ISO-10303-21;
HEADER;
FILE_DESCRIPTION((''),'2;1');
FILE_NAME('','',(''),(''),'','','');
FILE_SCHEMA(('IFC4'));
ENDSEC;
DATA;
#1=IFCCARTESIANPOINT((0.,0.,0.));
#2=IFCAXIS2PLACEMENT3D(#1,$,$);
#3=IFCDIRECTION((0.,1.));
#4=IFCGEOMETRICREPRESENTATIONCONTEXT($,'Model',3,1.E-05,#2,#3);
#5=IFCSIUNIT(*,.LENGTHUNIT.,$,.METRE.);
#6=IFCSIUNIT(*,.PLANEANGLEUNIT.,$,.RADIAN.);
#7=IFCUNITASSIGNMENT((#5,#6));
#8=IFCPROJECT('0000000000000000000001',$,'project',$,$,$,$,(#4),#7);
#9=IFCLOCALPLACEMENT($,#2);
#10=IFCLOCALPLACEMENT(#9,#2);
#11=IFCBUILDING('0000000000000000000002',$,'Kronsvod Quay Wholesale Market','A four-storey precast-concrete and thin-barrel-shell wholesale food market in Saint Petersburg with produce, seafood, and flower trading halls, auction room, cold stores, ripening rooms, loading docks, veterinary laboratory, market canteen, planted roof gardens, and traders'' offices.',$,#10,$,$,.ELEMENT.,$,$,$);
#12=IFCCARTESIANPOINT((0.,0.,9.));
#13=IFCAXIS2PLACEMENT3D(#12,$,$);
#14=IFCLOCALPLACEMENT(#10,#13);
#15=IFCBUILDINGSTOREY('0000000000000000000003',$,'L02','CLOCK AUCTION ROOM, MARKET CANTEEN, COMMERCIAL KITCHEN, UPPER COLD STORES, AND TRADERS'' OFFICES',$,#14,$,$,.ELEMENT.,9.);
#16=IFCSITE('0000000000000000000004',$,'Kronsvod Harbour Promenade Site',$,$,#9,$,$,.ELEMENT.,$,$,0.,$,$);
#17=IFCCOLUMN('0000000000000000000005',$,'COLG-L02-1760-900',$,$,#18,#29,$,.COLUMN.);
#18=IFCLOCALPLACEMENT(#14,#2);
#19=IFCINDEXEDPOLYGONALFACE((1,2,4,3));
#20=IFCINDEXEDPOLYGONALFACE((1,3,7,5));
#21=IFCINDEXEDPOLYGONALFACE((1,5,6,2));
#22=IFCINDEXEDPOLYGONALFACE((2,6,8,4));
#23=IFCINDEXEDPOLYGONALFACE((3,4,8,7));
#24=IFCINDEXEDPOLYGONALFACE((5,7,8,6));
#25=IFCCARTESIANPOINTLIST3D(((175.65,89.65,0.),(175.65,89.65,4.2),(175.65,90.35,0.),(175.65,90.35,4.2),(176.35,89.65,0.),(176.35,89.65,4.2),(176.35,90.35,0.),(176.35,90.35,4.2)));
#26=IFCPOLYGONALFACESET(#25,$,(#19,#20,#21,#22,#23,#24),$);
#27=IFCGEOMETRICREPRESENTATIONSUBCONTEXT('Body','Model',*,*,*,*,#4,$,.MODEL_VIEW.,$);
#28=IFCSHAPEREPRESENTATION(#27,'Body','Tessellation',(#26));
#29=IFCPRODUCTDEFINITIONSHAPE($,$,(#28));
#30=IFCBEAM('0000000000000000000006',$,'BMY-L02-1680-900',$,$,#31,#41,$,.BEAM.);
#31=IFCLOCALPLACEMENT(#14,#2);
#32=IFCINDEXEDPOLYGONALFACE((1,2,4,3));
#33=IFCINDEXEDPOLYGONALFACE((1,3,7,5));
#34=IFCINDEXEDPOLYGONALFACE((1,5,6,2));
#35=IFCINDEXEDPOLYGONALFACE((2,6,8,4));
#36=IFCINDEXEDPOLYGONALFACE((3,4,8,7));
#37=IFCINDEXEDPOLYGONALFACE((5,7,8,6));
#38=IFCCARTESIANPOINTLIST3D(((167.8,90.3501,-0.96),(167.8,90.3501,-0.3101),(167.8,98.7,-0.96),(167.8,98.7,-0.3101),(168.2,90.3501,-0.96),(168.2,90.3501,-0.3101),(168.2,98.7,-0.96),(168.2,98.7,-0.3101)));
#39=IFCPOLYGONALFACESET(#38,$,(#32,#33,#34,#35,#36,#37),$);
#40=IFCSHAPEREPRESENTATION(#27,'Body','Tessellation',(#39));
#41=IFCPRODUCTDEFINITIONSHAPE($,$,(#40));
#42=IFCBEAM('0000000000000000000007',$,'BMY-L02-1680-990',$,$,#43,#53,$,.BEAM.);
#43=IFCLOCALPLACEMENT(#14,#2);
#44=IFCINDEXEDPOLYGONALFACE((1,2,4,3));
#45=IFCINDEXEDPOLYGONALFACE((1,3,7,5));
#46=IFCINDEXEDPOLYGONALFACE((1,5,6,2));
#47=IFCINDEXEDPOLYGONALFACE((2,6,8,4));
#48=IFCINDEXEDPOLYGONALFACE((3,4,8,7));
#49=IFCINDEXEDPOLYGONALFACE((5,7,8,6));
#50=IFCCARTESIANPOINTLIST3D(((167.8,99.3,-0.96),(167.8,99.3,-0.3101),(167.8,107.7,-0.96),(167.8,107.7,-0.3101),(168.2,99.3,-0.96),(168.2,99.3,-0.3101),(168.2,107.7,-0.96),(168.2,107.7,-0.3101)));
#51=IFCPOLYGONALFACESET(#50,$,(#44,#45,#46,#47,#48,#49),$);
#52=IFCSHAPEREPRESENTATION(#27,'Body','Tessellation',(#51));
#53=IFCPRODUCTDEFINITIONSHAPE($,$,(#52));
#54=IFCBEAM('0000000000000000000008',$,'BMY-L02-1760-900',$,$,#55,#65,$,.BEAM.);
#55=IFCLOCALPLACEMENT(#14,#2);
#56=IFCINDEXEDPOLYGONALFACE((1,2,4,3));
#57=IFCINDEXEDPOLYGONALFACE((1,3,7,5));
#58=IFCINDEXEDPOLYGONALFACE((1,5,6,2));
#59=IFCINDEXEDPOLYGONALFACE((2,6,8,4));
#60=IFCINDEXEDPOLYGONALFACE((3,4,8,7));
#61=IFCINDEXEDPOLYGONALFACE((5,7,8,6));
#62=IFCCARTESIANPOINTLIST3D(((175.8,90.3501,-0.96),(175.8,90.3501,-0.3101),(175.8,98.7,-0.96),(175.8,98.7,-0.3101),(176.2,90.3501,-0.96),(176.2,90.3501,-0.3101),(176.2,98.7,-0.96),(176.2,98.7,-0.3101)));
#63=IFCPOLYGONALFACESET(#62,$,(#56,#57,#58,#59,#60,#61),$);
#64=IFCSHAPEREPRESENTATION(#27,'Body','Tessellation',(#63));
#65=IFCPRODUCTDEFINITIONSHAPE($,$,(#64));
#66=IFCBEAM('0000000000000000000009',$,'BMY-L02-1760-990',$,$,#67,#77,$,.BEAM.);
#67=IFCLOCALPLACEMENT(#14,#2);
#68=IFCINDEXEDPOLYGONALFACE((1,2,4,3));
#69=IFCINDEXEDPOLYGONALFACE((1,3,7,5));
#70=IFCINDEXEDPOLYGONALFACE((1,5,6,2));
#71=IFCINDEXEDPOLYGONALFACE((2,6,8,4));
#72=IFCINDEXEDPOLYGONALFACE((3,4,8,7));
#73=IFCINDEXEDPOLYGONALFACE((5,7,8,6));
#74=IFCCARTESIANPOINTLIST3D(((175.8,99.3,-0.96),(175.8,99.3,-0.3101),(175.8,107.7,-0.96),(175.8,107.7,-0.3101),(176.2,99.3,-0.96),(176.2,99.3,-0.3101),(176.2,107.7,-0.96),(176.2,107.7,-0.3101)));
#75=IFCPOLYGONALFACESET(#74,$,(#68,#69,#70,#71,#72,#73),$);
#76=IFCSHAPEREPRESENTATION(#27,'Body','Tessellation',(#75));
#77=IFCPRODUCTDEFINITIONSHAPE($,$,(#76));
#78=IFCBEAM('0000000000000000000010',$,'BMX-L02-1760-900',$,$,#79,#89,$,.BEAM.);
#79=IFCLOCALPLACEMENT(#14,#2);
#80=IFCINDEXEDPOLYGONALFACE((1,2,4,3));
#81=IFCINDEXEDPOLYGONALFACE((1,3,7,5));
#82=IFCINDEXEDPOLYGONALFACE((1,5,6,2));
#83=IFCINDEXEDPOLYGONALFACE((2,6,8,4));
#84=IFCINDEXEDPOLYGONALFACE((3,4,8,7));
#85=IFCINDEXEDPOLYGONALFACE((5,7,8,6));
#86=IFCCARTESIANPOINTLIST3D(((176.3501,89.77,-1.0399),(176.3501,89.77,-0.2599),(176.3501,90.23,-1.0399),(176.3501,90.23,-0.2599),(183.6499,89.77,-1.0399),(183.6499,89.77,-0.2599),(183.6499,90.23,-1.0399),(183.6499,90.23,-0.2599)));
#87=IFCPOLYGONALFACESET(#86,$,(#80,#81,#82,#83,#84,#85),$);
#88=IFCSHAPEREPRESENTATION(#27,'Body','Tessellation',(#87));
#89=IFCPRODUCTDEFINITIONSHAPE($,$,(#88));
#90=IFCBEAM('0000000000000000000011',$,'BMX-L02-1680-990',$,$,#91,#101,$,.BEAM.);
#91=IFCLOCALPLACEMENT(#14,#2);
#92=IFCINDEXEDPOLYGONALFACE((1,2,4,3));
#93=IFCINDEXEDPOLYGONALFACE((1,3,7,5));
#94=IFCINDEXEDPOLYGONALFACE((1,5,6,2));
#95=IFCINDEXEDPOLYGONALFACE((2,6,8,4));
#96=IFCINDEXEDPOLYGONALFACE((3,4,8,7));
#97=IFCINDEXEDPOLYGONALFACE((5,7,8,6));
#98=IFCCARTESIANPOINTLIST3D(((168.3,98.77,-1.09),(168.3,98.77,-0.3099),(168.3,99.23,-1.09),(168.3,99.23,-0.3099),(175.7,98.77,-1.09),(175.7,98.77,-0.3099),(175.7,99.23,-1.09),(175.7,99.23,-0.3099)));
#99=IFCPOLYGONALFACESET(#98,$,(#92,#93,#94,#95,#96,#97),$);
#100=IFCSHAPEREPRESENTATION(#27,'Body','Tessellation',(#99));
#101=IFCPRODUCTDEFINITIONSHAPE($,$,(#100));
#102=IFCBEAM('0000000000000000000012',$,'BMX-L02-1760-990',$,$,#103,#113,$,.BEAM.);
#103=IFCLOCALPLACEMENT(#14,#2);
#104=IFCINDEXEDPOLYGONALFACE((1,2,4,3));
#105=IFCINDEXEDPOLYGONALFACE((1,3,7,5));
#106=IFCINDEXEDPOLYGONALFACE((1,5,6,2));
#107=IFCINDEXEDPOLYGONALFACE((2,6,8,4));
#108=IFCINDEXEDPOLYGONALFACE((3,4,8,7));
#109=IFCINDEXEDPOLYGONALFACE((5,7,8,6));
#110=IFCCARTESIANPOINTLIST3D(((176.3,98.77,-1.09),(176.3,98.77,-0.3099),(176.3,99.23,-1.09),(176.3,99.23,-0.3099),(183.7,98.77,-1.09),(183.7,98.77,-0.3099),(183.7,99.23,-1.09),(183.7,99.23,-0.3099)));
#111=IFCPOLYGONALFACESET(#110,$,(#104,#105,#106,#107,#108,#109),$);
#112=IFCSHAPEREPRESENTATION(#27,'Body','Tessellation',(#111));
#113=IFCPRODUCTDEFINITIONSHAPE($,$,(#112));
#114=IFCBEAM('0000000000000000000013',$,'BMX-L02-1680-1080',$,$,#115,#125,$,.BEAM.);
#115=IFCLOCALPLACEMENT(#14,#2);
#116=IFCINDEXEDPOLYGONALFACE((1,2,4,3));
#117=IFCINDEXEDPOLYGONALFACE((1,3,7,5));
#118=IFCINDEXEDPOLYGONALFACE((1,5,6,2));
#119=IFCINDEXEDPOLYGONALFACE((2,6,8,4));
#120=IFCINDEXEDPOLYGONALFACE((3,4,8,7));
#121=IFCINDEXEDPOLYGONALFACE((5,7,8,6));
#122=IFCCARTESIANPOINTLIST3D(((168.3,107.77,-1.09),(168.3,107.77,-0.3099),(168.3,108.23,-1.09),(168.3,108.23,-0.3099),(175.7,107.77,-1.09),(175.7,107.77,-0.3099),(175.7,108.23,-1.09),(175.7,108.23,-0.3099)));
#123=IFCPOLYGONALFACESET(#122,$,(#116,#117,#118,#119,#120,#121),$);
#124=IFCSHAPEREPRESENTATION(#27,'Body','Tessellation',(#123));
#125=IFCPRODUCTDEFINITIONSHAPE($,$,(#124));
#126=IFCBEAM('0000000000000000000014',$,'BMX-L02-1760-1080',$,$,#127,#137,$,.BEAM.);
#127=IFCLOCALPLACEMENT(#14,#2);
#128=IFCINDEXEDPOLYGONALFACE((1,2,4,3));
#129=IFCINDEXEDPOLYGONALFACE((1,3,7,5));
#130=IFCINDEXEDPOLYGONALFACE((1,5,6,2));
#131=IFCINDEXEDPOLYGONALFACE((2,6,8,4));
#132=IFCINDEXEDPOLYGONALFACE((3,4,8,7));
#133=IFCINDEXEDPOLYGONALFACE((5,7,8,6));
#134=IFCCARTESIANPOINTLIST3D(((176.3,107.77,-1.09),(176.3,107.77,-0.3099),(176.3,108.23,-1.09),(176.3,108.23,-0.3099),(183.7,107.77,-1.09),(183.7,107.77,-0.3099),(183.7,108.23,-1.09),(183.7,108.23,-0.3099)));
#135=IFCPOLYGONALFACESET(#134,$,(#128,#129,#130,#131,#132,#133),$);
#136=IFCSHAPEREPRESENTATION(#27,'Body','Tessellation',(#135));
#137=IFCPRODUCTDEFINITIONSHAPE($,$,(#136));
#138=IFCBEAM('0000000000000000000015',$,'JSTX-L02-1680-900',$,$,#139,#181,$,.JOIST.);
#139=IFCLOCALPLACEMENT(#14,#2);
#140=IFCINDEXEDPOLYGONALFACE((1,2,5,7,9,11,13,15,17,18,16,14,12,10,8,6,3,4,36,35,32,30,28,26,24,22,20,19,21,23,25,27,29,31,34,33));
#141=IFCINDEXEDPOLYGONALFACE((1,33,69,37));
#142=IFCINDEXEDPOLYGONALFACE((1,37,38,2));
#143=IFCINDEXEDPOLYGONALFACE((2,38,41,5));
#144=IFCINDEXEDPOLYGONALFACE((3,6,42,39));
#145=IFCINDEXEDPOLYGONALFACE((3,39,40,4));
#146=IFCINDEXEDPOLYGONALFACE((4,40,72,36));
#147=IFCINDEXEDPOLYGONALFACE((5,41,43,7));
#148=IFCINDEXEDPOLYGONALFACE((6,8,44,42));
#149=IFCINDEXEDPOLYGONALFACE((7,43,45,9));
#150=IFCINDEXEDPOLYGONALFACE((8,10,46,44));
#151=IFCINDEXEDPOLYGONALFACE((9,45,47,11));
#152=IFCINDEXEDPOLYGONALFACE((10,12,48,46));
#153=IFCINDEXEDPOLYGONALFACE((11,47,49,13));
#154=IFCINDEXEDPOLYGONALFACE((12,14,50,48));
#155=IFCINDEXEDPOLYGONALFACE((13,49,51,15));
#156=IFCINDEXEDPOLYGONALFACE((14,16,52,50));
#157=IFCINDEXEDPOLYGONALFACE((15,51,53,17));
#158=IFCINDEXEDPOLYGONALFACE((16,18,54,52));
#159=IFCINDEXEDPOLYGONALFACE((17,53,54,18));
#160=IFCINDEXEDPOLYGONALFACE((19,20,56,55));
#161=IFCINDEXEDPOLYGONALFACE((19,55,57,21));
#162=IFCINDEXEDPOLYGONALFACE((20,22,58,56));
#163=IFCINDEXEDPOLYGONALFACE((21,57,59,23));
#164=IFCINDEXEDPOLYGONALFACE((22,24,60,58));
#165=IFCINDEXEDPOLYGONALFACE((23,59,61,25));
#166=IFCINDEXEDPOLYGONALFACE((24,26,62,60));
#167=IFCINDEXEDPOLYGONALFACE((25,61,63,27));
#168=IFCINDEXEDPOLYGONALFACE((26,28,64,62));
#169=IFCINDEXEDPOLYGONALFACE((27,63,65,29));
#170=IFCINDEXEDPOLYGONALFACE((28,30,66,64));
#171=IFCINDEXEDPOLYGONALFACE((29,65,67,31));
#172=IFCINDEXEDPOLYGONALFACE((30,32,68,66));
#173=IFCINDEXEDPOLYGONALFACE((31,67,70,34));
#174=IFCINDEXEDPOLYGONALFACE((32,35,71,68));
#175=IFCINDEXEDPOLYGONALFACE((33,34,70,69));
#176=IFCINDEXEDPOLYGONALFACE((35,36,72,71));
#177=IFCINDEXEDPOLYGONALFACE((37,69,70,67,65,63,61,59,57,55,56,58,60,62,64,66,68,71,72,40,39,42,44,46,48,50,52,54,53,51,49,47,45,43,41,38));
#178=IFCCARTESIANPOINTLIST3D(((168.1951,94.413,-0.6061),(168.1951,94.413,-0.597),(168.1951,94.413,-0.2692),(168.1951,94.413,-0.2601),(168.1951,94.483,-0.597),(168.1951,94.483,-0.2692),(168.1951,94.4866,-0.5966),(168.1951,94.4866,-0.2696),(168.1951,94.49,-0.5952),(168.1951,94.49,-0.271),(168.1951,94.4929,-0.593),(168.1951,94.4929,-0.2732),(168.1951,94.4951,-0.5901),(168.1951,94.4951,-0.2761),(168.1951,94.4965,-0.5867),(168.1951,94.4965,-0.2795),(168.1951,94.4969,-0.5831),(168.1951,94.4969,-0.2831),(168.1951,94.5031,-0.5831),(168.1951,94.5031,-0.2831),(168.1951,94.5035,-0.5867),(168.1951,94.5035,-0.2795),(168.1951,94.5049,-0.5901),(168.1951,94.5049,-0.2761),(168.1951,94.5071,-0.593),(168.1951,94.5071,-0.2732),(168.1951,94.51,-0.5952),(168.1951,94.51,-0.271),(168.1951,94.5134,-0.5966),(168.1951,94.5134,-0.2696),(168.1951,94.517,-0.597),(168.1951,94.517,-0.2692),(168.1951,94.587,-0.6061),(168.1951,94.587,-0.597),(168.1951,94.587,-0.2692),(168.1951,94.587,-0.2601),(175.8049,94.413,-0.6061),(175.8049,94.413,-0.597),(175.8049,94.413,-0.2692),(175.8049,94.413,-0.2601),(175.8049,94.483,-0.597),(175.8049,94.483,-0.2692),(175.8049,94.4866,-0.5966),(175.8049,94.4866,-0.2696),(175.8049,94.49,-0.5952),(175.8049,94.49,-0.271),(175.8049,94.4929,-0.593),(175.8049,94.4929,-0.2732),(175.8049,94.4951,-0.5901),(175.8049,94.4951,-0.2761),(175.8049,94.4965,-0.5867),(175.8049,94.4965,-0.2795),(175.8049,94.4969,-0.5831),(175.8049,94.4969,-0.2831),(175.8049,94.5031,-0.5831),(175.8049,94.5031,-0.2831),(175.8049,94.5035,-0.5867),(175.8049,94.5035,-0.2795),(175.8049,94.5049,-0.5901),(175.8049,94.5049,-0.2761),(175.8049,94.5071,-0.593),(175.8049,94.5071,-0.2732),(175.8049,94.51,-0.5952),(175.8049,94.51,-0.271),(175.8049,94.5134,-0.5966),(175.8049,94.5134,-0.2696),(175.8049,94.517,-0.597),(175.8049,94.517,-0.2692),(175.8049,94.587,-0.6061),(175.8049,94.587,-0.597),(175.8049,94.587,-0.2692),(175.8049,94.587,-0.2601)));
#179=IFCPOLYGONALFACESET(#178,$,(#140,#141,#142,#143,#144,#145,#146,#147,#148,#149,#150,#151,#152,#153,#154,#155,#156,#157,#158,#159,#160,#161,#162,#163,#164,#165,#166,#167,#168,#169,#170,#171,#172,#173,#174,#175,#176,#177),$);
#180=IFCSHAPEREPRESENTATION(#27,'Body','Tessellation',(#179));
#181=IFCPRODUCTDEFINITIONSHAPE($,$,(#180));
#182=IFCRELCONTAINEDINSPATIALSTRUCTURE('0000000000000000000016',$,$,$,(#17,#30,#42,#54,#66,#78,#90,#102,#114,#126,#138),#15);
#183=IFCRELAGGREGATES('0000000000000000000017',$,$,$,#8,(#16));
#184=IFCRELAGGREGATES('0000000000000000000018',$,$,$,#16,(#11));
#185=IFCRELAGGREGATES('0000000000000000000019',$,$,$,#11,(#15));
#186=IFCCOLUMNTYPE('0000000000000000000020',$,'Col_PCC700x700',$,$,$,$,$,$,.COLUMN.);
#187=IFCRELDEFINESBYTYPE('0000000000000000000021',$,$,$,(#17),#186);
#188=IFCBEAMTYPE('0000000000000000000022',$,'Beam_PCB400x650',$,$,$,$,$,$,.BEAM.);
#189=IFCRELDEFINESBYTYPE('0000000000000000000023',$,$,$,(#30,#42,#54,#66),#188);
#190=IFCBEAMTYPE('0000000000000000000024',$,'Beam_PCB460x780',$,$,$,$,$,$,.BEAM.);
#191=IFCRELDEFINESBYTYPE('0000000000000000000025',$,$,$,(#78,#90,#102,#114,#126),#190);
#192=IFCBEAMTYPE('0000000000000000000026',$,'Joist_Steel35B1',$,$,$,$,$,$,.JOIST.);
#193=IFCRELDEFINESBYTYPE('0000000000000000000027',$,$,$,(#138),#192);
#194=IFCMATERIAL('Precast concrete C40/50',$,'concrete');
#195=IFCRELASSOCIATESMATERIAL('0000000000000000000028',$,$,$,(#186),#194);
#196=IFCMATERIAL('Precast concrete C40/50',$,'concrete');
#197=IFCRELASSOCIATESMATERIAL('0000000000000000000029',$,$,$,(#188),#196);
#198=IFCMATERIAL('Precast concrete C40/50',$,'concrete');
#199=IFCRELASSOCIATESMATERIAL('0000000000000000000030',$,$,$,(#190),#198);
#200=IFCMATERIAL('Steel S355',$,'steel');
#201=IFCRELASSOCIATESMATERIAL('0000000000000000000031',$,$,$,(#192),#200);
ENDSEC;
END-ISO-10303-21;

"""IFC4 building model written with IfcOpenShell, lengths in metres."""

from ifc_helpers import new_model, si_unit, direction, frame, origin, origin_2d, place, context, subcontext, project, spatial, rectangle, i_section, extrude, material, material_profile, profile_set, type_object, element, save


model = new_model("IFC4")

# Units and contexts
model_context = context("Model", 3, precision=1e-05, world=origin(), true_north=direction((0.0, 1.0)))
body_context = subcontext(model_context, "Body", "Model", "MODEL_VIEW")
ifc_project = project(units=[si_unit("LENGTHUNIT", "METRE"), si_unit("PLANEANGLEUNIT", "RADIAN")], contexts=[model_context])

# Site, building, storey
site_placement = place(None, origin())
site = spatial("IfcSite", under=ifc_project, at=site_placement, Name="Kronsvod Harbour Promenade Site", CompositionType="ELEMENT", RefElevation=0.0)
building_placement = place(site_placement, origin())
building = spatial("IfcBuilding", under=site, at=building_placement, Name="Kronsvod Quay Wholesale Market", Description="A four-storey precast-concrete and thin-barrel-shell wholesale food market in Saint Petersburg with produce, seafood, and flower trading halls, auction room, cold stores, ripening rooms, loading docks, veterinary laboratory, market canteen, planted roof gardens, and traders' offices.", CompositionType="ELEMENT")
storey_placement = place(building_placement, frame((0.0, 0.0, 9.0)))
storey = spatial("IfcBuildingStorey", under=building, at=storey_placement, Name="L02", Description="CLOCK AUCTION ROOM, MARKET CANTEEN, COMMERCIAL KITCHEN, UPPER COLD STORES, AND TRADERS' OFFICES", CompositionType="ELEMENT", Elevation=9.0)

# Column
ifc_material_1 = material(Name="Precast concrete C40/50", Category="concrete")
ifc_material_profile_1 = material_profile(ifc_material_1, rectangle(XDim=0.7, YDim=0.7, at=origin_2d()), Name="PCC700x700")
ifc_profile_set_1 = profile_set([ifc_material_profile_1], Name="Precast concrete C40/50")
column_type = type_object("IfcColumnType", Name="Col_PCC700x700", PredefinedType="COLUMN", material=ifc_profile_set_1)
column_placement = place(storey_placement, frame((176.0, 90.0, 0.0), z_axis=(0.0, 0.0, 1.0), x_axis=(1.0, 0.0, 0.0)))
element("IfcColumn", 1, at=column_placement, inside=storey, type_object=column_type, Name="COLG-L02-1760-900", PredefinedType="COLUMN", context=body_context, shape_type="SweptSolid", body=[
    extrude(rectangle(XDim=0.7, YDim=0.7, at=origin_2d()), origin(), (0.0, 0.0, 1.0), 4.2),
])

# Beams
ifc_material_2 = material(Name="Precast concrete C40/50", Category="concrete")
ifc_material_profile_2 = material_profile(ifc_material_2, rectangle(XDim=0.3999, YDim=0.6499, at=origin_2d()), Name="PCB400x650")
ifc_profile_set_2 = profile_set([ifc_material_profile_2], Name="Precast concrete C40/50")
beam_type_1 = type_object("IfcBeamType", Name="Beam_PCB400x650", PredefinedType="BEAM", material=ifc_profile_set_2)
beam_1_placement = place(storey_placement, frame((168.0, 90.3501, -0.635), z_axis=(0.0, 1.0, 0.0), x_axis=(-1.0, 0.0, 0.0)))
element("IfcBeam", 2, at=beam_1_placement, inside=storey, type_object=beam_type_1, Name="BMY-L02-1680-900", PredefinedType="BEAM", context=body_context, shape_type="SweptSolid", body=[
    extrude(rectangle(XDim=0.3999, YDim=0.6499, at=origin_2d()), origin(), (0.0, 0.0, 1.0), 8.3499),
])
beam_2_placement = place(storey_placement, frame((168.0, 99.3, -0.635), z_axis=(0.0, 1.0, 0.0), x_axis=(-1.0, 0.0, 0.0)))
element("IfcBeam", 3, at=beam_2_placement, inside=storey, type_object=beam_type_1, Name="BMY-L02-1680-990", PredefinedType="BEAM", context=body_context, shape_type="SweptSolid", body=[
    extrude(rectangle(XDim=0.3999, YDim=0.6499, at=origin_2d()), origin(), (0.0, 0.0, 1.0), 8.3999),
])
beam_3_placement = place(storey_placement, frame((176.0, 90.3501, -0.635), z_axis=(0.0, 1.0, 0.0), x_axis=(-1.0, 0.0, 0.0)))
element("IfcBeam", 4, at=beam_3_placement, inside=storey, type_object=beam_type_1, Name="BMY-L02-1760-900", PredefinedType="BEAM", context=body_context, shape_type="SweptSolid", body=[
    extrude(rectangle(XDim=0.3999, YDim=0.6499, at=origin_2d()), origin(), (0.0, 0.0, 1.0), 8.3499),
])
beam_4_placement = place(storey_placement, frame((176.0, 99.3, -0.635), z_axis=(0.0, 1.0, 0.0), x_axis=(-1.0, 0.0, 0.0)))
element("IfcBeam", 5, at=beam_4_placement, inside=storey, type_object=beam_type_1, Name="BMY-L02-1760-990", PredefinedType="BEAM", context=body_context, shape_type="SweptSolid", body=[
    extrude(rectangle(XDim=0.3999, YDim=0.6499, at=origin_2d()), origin(), (0.0, 0.0, 1.0), 8.3999),
])
ifc_material_3 = material(Name="Precast concrete C40/50", Category="concrete")
ifc_material_profile_3 = material_profile(ifc_material_3, rectangle(XDim=0.46, YDim=0.78, at=origin_2d()), Name="PB-03")
ifc_profile_set_3 = profile_set([ifc_material_profile_3], Name="Precast concrete C40/50")
beam_type_2 = type_object("IfcBeamType", Name="Beam_PCB460x780", PredefinedType="BEAM", material=ifc_profile_set_3)
beam_5_placement = place(storey_placement, frame((176.3501, 90.0, -0.6499), z_axis=(1.0, 0.0, 0.0), x_axis=(0.0, 1.0, 0.0)))
element("IfcBeam", 6, at=beam_5_placement, inside=storey, type_object=beam_type_2, Name="BMX-L02-1760-900", PredefinedType="BEAM", context=body_context, shape_type="SweptSolid", body=[
    extrude(rectangle(XDim=0.46, YDim=0.78, at=origin_2d()), origin(), (0.0, 0.0, 1.0), 7.2998),
])
for number, where, z_axis, x_axis, name in (
    (7, (168.3, 99.0, -0.7), (1.0, 0.0, 0.0), (0.0, 1.0, 0.0), "BMX-L02-1680-990"),
    (8, (176.3, 99.0, -0.7), (1.0, 0.0, 0.0), (0.0, 1.0, 0.0), "BMX-L02-1760-990"),
    (9, (168.3, 108.0, -0.7), (1.0, 0.0, 0.0), (0.0, 1.0, 0.0), "BMX-L02-1680-1080"),
    (10, (176.3, 108.0, -0.7), (1.0, 0.0, 0.0), (0.0, 1.0, 0.0), "BMX-L02-1760-1080"),
):
    element("IfcBeam", number, at=place(storey_placement, frame(where, z_axis=z_axis, x_axis=x_axis)), inside=storey, type_object=beam_type_2, Name=name, PredefinedType="BEAM", context=body_context, shape_type="SweptSolid", body=[
        extrude(rectangle(XDim=0.46, YDim=0.78, at=origin_2d()), origin(), (0.0, 0.0, 1.0), 7.3999),
    ])
ifc_material_4 = material(Name="Steel S355", Category="steel")
ifc_material_profile_4 = material_profile(ifc_material_4, i_section(OverallWidth=0.1741, OverallDepth=0.3459, WebThickness=0.0061, FlangeThickness=0.009, FilletRadius=0.0139, at=origin_2d()), Name="35B1")
ifc_profile_set_4 = profile_set([ifc_material_profile_4], Name="Steel S355")
beam_type_3 = type_object("IfcBeamType", Name="Joist_Steel35B1", PredefinedType="JOIST", material=ifc_profile_set_4)
for number, where, z_axis, x_axis, name in (
    (11, (168.1951, 94.5, -0.4331), (1.0, 0.0, 0.0), (0.0, 1.0, 0.0), "JSTX-L02-1680-900"),
):
    element("IfcBeam", number, at=place(storey_placement, frame(where, z_axis=z_axis, x_axis=x_axis)), inside=storey, type_object=beam_type_3, Name=name, PredefinedType="JOIST", context=body_context, shape_type="SweptSolid", body=[
        extrude(i_section(OverallWidth=0.1741, OverallDepth=0.3459, WebThickness=0.0061, FlangeThickness=0.009, FilletRadius=0.0139, at=origin_2d()), origin(), (0.0, 0.0, 1.0), 7.6099),
    ])

save(model, "model.ifc")
